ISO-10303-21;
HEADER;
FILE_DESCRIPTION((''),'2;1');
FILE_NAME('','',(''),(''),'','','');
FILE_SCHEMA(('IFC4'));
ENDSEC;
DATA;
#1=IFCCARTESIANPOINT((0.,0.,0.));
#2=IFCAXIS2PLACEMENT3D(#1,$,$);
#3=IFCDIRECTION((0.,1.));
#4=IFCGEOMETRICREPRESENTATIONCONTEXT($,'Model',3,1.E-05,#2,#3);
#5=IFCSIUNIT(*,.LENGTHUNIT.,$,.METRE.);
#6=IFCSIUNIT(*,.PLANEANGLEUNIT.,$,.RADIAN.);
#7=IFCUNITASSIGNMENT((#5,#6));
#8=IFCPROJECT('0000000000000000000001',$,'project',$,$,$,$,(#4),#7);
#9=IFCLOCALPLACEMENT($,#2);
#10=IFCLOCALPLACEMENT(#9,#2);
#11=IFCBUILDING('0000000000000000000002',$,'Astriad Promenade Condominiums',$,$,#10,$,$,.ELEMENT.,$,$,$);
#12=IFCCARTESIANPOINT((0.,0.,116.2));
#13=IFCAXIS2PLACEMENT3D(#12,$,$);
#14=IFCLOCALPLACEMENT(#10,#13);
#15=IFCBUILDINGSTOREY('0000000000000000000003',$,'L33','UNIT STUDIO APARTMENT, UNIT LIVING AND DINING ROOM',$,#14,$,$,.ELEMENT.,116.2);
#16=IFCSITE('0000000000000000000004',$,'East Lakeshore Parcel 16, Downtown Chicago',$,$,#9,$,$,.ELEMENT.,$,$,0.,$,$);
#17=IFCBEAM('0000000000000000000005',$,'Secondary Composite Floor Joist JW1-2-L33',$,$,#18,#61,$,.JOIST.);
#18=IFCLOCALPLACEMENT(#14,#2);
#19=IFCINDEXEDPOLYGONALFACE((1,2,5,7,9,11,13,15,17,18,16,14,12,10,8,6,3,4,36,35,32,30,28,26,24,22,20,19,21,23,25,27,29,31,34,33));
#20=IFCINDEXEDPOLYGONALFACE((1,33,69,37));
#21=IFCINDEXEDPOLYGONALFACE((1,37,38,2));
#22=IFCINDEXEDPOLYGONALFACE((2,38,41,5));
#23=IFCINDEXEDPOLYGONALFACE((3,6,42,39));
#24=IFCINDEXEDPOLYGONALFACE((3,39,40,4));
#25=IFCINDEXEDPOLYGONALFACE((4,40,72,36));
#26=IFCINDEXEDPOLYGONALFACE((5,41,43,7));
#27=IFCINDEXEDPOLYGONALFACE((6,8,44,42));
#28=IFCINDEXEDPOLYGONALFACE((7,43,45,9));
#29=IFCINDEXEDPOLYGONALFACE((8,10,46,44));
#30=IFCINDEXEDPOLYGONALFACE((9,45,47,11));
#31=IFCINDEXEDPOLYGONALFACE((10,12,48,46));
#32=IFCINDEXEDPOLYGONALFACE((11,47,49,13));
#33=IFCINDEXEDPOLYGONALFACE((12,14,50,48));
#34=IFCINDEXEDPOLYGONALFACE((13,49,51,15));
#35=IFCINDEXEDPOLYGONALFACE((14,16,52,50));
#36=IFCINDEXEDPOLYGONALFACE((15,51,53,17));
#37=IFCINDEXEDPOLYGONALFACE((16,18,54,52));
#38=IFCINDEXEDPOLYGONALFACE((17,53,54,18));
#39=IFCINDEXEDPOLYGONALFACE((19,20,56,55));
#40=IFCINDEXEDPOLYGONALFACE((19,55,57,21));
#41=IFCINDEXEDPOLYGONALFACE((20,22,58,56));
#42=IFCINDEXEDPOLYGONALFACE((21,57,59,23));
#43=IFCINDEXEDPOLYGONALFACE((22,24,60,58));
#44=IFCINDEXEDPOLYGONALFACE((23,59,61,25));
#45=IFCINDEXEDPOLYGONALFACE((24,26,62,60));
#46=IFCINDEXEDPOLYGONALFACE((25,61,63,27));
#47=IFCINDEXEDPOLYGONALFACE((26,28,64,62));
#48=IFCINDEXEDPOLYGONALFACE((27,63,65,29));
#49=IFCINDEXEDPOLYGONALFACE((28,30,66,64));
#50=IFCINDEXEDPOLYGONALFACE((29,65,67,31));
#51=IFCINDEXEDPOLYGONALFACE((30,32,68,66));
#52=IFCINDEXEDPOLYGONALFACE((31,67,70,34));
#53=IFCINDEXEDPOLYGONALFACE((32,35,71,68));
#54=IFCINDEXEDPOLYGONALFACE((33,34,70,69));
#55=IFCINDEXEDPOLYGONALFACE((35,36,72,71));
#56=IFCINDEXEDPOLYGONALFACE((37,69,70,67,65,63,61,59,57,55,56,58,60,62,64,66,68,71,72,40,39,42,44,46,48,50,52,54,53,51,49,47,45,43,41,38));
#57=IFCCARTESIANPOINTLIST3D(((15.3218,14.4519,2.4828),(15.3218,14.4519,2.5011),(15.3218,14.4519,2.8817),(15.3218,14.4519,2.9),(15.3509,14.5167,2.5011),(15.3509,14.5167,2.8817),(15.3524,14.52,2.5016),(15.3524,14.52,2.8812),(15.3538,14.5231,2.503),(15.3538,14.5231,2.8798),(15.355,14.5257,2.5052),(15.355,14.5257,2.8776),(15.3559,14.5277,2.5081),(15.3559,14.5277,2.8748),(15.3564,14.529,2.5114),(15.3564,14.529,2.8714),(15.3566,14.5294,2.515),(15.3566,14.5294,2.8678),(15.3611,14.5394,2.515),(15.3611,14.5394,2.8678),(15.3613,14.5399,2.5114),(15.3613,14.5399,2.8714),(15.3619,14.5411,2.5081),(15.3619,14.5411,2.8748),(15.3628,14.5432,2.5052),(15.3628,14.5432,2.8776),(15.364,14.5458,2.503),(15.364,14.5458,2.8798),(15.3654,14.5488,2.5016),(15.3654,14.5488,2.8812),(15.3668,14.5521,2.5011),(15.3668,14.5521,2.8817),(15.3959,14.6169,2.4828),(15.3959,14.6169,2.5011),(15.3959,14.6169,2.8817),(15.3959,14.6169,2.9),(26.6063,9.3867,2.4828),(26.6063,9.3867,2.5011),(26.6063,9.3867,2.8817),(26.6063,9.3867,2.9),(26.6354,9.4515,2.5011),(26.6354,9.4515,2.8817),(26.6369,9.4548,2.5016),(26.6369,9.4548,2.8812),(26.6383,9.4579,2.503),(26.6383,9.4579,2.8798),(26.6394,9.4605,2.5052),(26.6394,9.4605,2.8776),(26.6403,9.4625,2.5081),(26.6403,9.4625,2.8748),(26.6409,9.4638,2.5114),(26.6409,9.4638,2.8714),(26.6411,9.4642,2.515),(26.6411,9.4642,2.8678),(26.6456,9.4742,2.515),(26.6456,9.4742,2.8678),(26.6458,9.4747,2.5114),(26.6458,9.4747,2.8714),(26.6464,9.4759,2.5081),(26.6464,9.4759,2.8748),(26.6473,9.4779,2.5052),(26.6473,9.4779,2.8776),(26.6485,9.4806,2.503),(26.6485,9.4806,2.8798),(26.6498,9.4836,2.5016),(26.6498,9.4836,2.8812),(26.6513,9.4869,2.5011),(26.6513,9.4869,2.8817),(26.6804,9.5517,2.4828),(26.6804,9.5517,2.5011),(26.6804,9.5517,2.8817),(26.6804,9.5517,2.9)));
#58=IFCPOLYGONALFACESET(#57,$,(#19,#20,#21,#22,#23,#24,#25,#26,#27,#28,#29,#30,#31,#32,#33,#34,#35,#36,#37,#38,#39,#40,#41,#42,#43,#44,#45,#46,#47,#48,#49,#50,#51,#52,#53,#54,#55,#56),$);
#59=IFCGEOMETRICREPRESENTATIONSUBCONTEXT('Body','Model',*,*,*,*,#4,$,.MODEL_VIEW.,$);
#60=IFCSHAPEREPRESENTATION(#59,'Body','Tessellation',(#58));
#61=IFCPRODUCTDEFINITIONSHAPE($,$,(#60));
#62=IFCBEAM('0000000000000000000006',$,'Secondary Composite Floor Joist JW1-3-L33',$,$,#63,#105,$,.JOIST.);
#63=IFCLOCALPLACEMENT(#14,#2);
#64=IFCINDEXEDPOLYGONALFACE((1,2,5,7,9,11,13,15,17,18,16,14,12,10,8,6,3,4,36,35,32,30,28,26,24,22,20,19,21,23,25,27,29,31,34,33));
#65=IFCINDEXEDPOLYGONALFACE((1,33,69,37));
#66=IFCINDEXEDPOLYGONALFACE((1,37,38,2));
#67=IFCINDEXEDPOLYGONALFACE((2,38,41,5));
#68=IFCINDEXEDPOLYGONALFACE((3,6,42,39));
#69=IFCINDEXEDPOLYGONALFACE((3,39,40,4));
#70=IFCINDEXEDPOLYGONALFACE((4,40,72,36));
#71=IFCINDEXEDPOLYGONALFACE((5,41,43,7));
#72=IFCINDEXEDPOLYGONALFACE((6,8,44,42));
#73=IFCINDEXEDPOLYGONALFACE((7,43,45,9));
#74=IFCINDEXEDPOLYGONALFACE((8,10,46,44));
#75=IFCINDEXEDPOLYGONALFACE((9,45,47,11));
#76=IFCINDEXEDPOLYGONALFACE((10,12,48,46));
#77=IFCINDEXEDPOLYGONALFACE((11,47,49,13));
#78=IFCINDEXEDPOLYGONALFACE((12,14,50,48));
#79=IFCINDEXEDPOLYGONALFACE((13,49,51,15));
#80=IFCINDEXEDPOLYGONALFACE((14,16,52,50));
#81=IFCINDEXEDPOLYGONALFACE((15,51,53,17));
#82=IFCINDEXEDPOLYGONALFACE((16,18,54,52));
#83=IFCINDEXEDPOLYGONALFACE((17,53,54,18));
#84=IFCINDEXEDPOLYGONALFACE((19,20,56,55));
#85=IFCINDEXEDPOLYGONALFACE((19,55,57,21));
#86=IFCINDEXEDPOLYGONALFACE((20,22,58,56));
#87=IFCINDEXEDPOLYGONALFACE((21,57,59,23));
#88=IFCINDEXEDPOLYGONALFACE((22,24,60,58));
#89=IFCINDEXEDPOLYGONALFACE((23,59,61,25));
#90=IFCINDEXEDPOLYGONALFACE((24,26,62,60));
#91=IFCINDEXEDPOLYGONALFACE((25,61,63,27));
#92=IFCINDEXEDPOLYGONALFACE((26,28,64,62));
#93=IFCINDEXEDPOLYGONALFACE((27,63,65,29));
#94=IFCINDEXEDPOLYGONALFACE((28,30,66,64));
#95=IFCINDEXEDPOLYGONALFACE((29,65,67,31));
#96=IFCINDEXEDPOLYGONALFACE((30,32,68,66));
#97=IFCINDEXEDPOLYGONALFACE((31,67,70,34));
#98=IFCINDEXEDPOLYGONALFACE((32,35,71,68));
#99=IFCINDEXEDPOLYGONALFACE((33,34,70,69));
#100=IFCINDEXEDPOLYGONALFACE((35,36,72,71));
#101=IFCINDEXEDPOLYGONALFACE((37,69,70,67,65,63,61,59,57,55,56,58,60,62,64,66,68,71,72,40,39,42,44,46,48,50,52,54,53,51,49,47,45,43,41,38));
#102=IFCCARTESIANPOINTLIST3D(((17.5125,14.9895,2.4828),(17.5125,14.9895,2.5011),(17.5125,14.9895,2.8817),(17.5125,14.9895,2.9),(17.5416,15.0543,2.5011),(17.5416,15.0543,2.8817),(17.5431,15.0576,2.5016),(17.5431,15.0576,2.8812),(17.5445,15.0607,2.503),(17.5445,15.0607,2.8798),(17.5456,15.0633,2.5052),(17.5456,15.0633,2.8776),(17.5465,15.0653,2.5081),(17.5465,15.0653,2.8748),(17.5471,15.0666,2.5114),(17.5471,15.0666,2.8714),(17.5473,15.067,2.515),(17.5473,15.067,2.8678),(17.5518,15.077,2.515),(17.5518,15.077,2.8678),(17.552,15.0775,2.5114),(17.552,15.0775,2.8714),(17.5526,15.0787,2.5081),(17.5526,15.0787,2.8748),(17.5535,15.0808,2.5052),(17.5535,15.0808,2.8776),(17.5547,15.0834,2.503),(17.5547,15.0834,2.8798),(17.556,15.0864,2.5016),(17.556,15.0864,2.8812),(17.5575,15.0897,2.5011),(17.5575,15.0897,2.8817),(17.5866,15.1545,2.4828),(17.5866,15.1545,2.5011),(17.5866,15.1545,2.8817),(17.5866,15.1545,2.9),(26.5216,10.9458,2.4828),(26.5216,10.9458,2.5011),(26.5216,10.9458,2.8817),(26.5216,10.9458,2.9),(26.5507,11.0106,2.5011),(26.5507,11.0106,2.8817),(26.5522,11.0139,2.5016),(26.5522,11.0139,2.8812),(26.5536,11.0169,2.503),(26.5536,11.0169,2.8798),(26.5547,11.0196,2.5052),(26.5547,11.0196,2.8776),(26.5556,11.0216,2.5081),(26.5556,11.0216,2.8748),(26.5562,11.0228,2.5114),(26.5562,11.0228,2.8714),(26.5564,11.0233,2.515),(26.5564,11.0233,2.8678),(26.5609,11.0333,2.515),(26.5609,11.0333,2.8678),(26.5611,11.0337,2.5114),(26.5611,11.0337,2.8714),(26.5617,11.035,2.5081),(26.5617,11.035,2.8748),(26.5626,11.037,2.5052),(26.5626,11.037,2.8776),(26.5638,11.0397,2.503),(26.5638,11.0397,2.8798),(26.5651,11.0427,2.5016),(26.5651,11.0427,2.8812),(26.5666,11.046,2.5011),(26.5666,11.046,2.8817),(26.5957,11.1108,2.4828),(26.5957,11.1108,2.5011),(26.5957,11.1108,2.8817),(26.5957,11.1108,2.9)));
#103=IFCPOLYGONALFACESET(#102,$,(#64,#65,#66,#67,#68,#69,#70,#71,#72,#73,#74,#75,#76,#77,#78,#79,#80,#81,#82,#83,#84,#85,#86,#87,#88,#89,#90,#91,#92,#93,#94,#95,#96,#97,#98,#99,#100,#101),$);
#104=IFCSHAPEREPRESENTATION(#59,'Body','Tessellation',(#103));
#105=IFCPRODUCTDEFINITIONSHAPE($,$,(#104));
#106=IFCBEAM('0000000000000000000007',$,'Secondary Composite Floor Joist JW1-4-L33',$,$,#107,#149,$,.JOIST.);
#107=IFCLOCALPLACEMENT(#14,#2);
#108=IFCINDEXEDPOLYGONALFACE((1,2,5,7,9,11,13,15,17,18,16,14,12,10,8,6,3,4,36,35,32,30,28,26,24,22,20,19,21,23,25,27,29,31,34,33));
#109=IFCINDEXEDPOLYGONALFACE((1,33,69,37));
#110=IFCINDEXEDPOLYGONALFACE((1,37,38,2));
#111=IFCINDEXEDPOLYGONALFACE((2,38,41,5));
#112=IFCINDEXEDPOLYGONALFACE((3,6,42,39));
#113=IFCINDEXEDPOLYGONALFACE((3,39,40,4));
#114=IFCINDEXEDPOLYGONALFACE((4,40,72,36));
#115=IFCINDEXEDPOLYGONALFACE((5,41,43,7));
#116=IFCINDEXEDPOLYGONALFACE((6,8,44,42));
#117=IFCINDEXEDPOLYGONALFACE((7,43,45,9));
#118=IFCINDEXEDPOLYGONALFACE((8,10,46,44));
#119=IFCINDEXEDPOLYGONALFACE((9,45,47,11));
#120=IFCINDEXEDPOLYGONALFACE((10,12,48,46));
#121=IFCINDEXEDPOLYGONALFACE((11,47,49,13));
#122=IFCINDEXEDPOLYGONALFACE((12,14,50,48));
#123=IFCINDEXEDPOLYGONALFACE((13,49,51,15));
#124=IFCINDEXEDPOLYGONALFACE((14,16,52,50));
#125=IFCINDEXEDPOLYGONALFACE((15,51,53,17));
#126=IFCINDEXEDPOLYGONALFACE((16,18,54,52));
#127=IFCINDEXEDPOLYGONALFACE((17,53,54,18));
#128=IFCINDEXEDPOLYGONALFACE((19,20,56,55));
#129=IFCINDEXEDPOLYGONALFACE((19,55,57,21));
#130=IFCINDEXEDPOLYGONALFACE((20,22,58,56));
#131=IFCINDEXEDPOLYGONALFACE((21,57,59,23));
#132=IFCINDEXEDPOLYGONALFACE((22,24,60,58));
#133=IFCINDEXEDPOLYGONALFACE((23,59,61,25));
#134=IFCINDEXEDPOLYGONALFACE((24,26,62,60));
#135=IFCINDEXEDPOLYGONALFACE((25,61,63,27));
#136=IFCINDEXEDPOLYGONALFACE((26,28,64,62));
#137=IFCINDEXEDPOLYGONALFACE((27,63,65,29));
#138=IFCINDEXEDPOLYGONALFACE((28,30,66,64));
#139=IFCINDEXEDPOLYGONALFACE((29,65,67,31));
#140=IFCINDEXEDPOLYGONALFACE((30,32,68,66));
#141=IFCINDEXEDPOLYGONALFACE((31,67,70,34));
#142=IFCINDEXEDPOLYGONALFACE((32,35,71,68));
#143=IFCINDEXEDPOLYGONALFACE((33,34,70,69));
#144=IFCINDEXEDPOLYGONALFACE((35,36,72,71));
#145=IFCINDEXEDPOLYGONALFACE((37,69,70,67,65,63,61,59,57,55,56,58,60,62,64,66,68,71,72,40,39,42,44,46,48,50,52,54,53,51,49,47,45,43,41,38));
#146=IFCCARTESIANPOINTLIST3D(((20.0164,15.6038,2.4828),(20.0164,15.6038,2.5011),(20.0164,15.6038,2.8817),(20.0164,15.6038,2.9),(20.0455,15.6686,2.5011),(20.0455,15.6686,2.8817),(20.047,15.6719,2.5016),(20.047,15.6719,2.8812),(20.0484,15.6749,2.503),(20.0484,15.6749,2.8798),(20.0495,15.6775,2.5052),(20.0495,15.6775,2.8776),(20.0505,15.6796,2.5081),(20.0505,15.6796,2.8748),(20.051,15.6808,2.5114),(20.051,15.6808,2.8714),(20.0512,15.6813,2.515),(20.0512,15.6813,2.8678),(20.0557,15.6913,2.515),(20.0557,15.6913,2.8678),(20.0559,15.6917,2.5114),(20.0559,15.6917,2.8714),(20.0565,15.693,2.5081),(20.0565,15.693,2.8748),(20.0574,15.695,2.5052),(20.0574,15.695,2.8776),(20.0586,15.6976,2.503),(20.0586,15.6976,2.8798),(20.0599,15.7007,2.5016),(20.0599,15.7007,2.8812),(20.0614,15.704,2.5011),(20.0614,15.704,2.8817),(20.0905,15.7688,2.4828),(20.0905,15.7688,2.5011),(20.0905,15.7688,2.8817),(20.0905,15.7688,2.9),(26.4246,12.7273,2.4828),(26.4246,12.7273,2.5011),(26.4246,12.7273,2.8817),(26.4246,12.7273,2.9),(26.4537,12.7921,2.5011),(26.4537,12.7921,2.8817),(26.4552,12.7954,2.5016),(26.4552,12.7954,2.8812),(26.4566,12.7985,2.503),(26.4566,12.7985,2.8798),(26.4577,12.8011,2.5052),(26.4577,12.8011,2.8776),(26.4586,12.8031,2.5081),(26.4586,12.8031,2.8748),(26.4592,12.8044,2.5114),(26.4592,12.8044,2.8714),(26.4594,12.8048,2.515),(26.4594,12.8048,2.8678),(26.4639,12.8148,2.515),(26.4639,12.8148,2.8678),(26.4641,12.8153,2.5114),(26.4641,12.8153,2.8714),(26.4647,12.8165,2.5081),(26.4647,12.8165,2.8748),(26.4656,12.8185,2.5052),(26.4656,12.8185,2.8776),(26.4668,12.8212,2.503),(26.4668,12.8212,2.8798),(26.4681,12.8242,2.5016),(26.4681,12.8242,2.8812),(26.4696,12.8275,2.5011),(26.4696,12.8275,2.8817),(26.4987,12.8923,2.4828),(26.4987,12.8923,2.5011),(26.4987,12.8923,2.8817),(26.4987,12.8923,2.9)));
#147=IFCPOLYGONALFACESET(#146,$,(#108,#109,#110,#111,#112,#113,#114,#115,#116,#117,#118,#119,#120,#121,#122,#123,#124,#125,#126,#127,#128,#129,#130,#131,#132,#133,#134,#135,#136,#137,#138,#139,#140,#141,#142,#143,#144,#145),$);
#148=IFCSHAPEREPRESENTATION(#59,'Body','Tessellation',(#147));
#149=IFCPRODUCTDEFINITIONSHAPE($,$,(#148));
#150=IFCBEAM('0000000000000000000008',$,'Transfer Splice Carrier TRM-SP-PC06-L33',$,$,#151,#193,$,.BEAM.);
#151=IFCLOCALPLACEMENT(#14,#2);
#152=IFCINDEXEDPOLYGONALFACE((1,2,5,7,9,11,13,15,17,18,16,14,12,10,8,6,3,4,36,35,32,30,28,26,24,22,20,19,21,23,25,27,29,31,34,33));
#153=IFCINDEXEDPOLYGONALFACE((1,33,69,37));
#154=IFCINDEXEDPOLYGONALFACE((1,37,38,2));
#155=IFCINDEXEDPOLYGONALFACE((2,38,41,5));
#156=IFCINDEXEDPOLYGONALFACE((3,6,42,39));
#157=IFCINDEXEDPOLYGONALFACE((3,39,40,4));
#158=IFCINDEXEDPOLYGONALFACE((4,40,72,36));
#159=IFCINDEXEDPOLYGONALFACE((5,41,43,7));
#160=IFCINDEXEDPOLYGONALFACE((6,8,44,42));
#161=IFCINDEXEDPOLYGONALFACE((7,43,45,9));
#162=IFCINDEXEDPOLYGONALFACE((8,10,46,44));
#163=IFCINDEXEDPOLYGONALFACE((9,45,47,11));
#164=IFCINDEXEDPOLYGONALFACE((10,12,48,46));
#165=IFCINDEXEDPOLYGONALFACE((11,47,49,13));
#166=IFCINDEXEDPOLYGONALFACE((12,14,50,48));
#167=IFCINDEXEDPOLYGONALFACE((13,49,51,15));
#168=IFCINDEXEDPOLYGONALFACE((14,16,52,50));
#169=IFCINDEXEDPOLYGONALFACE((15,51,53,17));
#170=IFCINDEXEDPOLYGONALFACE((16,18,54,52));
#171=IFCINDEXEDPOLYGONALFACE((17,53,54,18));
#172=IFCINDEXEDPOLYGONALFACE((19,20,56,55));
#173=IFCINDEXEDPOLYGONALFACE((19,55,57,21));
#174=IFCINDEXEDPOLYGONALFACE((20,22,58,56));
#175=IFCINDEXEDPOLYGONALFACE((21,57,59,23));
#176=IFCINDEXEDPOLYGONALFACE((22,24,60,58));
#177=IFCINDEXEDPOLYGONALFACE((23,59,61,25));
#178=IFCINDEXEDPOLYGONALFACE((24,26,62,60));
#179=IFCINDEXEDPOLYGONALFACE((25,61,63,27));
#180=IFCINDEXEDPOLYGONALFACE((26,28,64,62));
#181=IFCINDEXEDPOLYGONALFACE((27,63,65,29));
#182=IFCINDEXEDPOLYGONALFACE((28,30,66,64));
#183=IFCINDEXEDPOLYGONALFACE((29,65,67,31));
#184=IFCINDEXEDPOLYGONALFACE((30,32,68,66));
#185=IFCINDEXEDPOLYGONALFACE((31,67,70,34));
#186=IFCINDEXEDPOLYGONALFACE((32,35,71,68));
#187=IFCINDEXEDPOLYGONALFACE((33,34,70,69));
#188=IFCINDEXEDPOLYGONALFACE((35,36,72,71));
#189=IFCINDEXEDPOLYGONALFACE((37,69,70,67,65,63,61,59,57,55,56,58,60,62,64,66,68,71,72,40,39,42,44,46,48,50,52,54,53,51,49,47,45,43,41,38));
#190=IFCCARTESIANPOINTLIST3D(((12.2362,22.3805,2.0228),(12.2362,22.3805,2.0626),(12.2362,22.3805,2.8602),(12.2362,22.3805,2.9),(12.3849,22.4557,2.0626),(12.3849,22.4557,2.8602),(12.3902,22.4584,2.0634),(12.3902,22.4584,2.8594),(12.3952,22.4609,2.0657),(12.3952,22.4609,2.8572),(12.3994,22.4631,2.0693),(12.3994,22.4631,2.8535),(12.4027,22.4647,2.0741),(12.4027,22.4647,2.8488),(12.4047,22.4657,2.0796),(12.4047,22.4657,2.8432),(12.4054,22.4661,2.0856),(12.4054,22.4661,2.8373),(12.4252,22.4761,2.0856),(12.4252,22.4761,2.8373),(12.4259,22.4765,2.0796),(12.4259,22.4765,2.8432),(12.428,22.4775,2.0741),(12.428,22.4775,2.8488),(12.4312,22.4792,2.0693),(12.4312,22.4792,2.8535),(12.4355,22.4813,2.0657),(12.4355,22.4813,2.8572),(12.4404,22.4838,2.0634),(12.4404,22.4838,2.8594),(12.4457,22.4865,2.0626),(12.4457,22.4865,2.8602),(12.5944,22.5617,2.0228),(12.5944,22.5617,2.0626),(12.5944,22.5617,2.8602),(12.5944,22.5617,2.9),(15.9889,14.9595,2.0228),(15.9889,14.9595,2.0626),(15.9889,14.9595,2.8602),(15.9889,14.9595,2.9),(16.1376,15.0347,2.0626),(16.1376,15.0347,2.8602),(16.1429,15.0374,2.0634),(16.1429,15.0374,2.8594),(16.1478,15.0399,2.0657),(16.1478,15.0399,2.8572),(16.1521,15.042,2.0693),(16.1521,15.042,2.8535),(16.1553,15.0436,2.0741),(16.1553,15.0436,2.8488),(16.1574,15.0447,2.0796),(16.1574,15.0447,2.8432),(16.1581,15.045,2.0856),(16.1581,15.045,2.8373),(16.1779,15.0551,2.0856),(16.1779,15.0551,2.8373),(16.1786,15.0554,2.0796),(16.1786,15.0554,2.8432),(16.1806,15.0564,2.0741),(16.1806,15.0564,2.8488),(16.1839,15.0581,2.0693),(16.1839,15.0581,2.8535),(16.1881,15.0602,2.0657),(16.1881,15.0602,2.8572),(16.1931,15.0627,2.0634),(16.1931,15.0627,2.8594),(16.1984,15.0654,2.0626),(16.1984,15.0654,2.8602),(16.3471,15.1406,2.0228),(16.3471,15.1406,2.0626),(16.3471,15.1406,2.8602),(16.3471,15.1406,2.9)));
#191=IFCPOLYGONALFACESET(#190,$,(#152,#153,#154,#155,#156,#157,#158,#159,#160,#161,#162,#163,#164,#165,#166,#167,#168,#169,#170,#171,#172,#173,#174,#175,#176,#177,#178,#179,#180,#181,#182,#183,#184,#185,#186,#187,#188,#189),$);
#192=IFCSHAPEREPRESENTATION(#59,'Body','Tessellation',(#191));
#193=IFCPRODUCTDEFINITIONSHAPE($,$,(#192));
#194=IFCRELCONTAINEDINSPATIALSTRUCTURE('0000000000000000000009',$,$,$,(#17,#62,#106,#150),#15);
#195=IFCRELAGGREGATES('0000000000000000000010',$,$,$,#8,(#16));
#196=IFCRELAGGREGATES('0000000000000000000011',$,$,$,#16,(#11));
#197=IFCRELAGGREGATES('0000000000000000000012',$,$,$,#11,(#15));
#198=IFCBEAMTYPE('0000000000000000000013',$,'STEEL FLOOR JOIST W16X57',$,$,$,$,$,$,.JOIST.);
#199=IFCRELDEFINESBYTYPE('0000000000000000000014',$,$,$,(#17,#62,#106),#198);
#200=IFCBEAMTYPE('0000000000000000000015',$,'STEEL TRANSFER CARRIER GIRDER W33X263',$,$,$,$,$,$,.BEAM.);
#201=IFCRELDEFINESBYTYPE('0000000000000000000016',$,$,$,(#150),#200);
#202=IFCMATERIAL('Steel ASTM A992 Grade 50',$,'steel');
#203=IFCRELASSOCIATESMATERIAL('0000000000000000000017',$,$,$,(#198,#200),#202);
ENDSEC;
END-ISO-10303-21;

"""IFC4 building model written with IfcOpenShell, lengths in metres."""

from ifc_helpers import new_model, si_unit, direction, frame, origin, origin_2d, place, context, subcontext, project, spatial, i_section, extrude, source, transform, mapped, material, material_profile, profile_set, type_object, element, save


model = new_model("IFC4")

# Units and contexts
model_context = context("Model", 3, precision=1e-05, world=origin(), true_north=direction((0.0, 1.0)))
body_context = subcontext(model_context, "Body", "Model", "MODEL_VIEW")
ifc_project = project(units=[si_unit("LENGTHUNIT", "METRE"), si_unit("PLANEANGLEUNIT", "RADIAN")], contexts=[model_context])

# Site, building, storey
site_placement = place(None, origin())
site = spatial("IfcSite", under=ifc_project, at=site_placement, Name="East Lakeshore Parcel 16, Downtown Chicago", CompositionType="ELEMENT", RefElevation=0.0)
building_placement = place(site_placement, origin())
building = spatial("IfcBuilding", under=site, at=building_placement, Name="Astriad Promenade Condominiums", CompositionType="ELEMENT")
storey_placement = place(building_placement, frame((0.0, 0.0, 116.2)))
storey = spatial("IfcBuildingStorey", under=building, at=storey_placement, Name="L33", Description="UNIT STUDIO APARTMENT, UNIT LIVING AND DINING ROOM", CompositionType="ELEMENT", Elevation=116.2)

# Beams
ifc_material_1 = material(Name="Steel ASTM A992 Grade 50", Category="steel")
ifc_material_profile_1 = material_profile(ifc_material_1, i_section(OverallWidth=0.1809, OverallDepth=0.4172, WebThickness=0.011, FlangeThickness=0.0183, FilletRadius=0.0139, at=origin_2d()), Name="W16X57")
ifc_profile_set_1 = profile_set([ifc_material_profile_1], Name="Steel ASTM A992 Grade 50")
beam_type_1 = type_object("IfcBeamType", Name="STEEL FLOOR JOIST W16X57", PredefinedType="JOIST", material=ifc_profile_set_1)
shared_shape_1 = source(origin(), body_context, "Body", "SweptSolid", [
    extrude(i_section(OverallWidth=0.1809, OverallDepth=0.4172, WebThickness=0.011, FlangeThickness=0.0183, FilletRadius=0.0139, at=origin_2d()), origin(), (0.0, 0.0, 1.0), 12.3691),
])
beam_1_placement = place(storey_placement, frame((15.3589, 14.5344, 2.6914), z_axis=(0.912309, -0.409504, 0.0), x_axis=(0.409504, 0.912309, 0.0)))
element("IfcBeam", 1, at=beam_1_placement, inside=storey, type_object=beam_type_1, Name="Secondary Composite Floor Joist JW1-2-L33", PredefinedType="JOIST", context=body_context, shape_type="MappedRepresentation", body=[
    mapped(shared_shape_1, transform((0.0, 0.0, 0.0), scale=1.0)),
])
shared_shape_2 = source(origin(), body_context, "Body", "SweptSolid", [
    extrude(i_section(OverallWidth=0.1809, OverallDepth=0.4172, WebThickness=0.011, FlangeThickness=0.0183, FilletRadius=0.0139, at=origin_2d()), origin(), (0.0, 0.0, 1.0), 9.875),
])
beam_2_placement = place(storey_placement, frame((17.5496, 15.072, 2.6914), z_axis=(0.912314, -0.409492, 0.0), x_axis=(0.409492, 0.912314, 0.0)))
element("IfcBeam", 2, at=beam_2_placement, inside=storey, type_object=beam_type_1, Name="Secondary Composite Floor Joist JW1-3-L33", PredefinedType="JOIST", context=body_context, shape_type="MappedRepresentation", body=[
    mapped(shared_shape_2, transform((0.0, 0.0, 0.0), scale=1.0)),
])
shared_shape_3 = source(origin(), body_context, "Body", "SweptSolid", [
    extrude(i_section(OverallWidth=0.1809, OverallDepth=0.4172, WebThickness=0.011, FlangeThickness=0.0183, FilletRadius=0.0139, at=origin_2d()), origin(), (0.0, 0.0, 1.0), 7.0242),
])
beam_3_placement = place(storey_placement, frame((20.0535, 15.6863, 2.6914), z_axis=(0.912306, -0.409509, 0.0), x_axis=(0.409509, 0.912306, 0.0)))
element("IfcBeam", 3, at=beam_3_placement, inside=storey, type_object=beam_type_1, Name="Secondary Composite Floor Joist JW1-4-L33", PredefinedType="JOIST", context=body_context, shape_type="MappedRepresentation", body=[
    mapped(shared_shape_3, transform((0.0, 0.0, 0.0), scale=1.0)),
])
ifc_material_profile_2 = material_profile(ifc_material_1, i_section(OverallWidth=0.4014, OverallDepth=0.8772, WebThickness=0.0222, FlangeThickness=0.0398, FilletRadius=0.0229, at=origin_2d()), Name="W33X263")
ifc_profile_set_2 = profile_set([ifc_material_profile_2], Name="Steel ASTM A992 Grade 50")
beam_type_2 = type_object("IfcBeamType", Name="STEEL TRANSFER CARRIER GIRDER W33X263", PredefinedType="BEAM", material=ifc_profile_set_2)
shared_shape_4 = source(origin(), body_context, "Body", "SweptSolid", [
    extrude(i_section(OverallWidth=0.4014, OverallDepth=0.8772, WebThickness=0.0222, FlangeThickness=0.0398, FilletRadius=0.0229, at=origin_2d()), origin(), (0.0, 0.0, 1.0), 8.3159),
])
beam_4_placement = place(storey_placement, frame((16.168, 15.05, 2.4614), z_axis=(-0.45126, 0.892392, 0.0), x_axis=(-0.892392, -0.45126, 0.0)))
element("IfcBeam", 4, at=beam_4_placement, inside=storey, type_object=beam_type_2, Name="Transfer Splice Carrier TRM-SP-PC06-L33", PredefinedType="BEAM", context=body_context, shape_type="MappedRepresentation", body=[
    mapped(shared_shape_4, transform((0.0, 0.0, 0.0), scale=1.0)),
])

save(model, "model.ifc")
